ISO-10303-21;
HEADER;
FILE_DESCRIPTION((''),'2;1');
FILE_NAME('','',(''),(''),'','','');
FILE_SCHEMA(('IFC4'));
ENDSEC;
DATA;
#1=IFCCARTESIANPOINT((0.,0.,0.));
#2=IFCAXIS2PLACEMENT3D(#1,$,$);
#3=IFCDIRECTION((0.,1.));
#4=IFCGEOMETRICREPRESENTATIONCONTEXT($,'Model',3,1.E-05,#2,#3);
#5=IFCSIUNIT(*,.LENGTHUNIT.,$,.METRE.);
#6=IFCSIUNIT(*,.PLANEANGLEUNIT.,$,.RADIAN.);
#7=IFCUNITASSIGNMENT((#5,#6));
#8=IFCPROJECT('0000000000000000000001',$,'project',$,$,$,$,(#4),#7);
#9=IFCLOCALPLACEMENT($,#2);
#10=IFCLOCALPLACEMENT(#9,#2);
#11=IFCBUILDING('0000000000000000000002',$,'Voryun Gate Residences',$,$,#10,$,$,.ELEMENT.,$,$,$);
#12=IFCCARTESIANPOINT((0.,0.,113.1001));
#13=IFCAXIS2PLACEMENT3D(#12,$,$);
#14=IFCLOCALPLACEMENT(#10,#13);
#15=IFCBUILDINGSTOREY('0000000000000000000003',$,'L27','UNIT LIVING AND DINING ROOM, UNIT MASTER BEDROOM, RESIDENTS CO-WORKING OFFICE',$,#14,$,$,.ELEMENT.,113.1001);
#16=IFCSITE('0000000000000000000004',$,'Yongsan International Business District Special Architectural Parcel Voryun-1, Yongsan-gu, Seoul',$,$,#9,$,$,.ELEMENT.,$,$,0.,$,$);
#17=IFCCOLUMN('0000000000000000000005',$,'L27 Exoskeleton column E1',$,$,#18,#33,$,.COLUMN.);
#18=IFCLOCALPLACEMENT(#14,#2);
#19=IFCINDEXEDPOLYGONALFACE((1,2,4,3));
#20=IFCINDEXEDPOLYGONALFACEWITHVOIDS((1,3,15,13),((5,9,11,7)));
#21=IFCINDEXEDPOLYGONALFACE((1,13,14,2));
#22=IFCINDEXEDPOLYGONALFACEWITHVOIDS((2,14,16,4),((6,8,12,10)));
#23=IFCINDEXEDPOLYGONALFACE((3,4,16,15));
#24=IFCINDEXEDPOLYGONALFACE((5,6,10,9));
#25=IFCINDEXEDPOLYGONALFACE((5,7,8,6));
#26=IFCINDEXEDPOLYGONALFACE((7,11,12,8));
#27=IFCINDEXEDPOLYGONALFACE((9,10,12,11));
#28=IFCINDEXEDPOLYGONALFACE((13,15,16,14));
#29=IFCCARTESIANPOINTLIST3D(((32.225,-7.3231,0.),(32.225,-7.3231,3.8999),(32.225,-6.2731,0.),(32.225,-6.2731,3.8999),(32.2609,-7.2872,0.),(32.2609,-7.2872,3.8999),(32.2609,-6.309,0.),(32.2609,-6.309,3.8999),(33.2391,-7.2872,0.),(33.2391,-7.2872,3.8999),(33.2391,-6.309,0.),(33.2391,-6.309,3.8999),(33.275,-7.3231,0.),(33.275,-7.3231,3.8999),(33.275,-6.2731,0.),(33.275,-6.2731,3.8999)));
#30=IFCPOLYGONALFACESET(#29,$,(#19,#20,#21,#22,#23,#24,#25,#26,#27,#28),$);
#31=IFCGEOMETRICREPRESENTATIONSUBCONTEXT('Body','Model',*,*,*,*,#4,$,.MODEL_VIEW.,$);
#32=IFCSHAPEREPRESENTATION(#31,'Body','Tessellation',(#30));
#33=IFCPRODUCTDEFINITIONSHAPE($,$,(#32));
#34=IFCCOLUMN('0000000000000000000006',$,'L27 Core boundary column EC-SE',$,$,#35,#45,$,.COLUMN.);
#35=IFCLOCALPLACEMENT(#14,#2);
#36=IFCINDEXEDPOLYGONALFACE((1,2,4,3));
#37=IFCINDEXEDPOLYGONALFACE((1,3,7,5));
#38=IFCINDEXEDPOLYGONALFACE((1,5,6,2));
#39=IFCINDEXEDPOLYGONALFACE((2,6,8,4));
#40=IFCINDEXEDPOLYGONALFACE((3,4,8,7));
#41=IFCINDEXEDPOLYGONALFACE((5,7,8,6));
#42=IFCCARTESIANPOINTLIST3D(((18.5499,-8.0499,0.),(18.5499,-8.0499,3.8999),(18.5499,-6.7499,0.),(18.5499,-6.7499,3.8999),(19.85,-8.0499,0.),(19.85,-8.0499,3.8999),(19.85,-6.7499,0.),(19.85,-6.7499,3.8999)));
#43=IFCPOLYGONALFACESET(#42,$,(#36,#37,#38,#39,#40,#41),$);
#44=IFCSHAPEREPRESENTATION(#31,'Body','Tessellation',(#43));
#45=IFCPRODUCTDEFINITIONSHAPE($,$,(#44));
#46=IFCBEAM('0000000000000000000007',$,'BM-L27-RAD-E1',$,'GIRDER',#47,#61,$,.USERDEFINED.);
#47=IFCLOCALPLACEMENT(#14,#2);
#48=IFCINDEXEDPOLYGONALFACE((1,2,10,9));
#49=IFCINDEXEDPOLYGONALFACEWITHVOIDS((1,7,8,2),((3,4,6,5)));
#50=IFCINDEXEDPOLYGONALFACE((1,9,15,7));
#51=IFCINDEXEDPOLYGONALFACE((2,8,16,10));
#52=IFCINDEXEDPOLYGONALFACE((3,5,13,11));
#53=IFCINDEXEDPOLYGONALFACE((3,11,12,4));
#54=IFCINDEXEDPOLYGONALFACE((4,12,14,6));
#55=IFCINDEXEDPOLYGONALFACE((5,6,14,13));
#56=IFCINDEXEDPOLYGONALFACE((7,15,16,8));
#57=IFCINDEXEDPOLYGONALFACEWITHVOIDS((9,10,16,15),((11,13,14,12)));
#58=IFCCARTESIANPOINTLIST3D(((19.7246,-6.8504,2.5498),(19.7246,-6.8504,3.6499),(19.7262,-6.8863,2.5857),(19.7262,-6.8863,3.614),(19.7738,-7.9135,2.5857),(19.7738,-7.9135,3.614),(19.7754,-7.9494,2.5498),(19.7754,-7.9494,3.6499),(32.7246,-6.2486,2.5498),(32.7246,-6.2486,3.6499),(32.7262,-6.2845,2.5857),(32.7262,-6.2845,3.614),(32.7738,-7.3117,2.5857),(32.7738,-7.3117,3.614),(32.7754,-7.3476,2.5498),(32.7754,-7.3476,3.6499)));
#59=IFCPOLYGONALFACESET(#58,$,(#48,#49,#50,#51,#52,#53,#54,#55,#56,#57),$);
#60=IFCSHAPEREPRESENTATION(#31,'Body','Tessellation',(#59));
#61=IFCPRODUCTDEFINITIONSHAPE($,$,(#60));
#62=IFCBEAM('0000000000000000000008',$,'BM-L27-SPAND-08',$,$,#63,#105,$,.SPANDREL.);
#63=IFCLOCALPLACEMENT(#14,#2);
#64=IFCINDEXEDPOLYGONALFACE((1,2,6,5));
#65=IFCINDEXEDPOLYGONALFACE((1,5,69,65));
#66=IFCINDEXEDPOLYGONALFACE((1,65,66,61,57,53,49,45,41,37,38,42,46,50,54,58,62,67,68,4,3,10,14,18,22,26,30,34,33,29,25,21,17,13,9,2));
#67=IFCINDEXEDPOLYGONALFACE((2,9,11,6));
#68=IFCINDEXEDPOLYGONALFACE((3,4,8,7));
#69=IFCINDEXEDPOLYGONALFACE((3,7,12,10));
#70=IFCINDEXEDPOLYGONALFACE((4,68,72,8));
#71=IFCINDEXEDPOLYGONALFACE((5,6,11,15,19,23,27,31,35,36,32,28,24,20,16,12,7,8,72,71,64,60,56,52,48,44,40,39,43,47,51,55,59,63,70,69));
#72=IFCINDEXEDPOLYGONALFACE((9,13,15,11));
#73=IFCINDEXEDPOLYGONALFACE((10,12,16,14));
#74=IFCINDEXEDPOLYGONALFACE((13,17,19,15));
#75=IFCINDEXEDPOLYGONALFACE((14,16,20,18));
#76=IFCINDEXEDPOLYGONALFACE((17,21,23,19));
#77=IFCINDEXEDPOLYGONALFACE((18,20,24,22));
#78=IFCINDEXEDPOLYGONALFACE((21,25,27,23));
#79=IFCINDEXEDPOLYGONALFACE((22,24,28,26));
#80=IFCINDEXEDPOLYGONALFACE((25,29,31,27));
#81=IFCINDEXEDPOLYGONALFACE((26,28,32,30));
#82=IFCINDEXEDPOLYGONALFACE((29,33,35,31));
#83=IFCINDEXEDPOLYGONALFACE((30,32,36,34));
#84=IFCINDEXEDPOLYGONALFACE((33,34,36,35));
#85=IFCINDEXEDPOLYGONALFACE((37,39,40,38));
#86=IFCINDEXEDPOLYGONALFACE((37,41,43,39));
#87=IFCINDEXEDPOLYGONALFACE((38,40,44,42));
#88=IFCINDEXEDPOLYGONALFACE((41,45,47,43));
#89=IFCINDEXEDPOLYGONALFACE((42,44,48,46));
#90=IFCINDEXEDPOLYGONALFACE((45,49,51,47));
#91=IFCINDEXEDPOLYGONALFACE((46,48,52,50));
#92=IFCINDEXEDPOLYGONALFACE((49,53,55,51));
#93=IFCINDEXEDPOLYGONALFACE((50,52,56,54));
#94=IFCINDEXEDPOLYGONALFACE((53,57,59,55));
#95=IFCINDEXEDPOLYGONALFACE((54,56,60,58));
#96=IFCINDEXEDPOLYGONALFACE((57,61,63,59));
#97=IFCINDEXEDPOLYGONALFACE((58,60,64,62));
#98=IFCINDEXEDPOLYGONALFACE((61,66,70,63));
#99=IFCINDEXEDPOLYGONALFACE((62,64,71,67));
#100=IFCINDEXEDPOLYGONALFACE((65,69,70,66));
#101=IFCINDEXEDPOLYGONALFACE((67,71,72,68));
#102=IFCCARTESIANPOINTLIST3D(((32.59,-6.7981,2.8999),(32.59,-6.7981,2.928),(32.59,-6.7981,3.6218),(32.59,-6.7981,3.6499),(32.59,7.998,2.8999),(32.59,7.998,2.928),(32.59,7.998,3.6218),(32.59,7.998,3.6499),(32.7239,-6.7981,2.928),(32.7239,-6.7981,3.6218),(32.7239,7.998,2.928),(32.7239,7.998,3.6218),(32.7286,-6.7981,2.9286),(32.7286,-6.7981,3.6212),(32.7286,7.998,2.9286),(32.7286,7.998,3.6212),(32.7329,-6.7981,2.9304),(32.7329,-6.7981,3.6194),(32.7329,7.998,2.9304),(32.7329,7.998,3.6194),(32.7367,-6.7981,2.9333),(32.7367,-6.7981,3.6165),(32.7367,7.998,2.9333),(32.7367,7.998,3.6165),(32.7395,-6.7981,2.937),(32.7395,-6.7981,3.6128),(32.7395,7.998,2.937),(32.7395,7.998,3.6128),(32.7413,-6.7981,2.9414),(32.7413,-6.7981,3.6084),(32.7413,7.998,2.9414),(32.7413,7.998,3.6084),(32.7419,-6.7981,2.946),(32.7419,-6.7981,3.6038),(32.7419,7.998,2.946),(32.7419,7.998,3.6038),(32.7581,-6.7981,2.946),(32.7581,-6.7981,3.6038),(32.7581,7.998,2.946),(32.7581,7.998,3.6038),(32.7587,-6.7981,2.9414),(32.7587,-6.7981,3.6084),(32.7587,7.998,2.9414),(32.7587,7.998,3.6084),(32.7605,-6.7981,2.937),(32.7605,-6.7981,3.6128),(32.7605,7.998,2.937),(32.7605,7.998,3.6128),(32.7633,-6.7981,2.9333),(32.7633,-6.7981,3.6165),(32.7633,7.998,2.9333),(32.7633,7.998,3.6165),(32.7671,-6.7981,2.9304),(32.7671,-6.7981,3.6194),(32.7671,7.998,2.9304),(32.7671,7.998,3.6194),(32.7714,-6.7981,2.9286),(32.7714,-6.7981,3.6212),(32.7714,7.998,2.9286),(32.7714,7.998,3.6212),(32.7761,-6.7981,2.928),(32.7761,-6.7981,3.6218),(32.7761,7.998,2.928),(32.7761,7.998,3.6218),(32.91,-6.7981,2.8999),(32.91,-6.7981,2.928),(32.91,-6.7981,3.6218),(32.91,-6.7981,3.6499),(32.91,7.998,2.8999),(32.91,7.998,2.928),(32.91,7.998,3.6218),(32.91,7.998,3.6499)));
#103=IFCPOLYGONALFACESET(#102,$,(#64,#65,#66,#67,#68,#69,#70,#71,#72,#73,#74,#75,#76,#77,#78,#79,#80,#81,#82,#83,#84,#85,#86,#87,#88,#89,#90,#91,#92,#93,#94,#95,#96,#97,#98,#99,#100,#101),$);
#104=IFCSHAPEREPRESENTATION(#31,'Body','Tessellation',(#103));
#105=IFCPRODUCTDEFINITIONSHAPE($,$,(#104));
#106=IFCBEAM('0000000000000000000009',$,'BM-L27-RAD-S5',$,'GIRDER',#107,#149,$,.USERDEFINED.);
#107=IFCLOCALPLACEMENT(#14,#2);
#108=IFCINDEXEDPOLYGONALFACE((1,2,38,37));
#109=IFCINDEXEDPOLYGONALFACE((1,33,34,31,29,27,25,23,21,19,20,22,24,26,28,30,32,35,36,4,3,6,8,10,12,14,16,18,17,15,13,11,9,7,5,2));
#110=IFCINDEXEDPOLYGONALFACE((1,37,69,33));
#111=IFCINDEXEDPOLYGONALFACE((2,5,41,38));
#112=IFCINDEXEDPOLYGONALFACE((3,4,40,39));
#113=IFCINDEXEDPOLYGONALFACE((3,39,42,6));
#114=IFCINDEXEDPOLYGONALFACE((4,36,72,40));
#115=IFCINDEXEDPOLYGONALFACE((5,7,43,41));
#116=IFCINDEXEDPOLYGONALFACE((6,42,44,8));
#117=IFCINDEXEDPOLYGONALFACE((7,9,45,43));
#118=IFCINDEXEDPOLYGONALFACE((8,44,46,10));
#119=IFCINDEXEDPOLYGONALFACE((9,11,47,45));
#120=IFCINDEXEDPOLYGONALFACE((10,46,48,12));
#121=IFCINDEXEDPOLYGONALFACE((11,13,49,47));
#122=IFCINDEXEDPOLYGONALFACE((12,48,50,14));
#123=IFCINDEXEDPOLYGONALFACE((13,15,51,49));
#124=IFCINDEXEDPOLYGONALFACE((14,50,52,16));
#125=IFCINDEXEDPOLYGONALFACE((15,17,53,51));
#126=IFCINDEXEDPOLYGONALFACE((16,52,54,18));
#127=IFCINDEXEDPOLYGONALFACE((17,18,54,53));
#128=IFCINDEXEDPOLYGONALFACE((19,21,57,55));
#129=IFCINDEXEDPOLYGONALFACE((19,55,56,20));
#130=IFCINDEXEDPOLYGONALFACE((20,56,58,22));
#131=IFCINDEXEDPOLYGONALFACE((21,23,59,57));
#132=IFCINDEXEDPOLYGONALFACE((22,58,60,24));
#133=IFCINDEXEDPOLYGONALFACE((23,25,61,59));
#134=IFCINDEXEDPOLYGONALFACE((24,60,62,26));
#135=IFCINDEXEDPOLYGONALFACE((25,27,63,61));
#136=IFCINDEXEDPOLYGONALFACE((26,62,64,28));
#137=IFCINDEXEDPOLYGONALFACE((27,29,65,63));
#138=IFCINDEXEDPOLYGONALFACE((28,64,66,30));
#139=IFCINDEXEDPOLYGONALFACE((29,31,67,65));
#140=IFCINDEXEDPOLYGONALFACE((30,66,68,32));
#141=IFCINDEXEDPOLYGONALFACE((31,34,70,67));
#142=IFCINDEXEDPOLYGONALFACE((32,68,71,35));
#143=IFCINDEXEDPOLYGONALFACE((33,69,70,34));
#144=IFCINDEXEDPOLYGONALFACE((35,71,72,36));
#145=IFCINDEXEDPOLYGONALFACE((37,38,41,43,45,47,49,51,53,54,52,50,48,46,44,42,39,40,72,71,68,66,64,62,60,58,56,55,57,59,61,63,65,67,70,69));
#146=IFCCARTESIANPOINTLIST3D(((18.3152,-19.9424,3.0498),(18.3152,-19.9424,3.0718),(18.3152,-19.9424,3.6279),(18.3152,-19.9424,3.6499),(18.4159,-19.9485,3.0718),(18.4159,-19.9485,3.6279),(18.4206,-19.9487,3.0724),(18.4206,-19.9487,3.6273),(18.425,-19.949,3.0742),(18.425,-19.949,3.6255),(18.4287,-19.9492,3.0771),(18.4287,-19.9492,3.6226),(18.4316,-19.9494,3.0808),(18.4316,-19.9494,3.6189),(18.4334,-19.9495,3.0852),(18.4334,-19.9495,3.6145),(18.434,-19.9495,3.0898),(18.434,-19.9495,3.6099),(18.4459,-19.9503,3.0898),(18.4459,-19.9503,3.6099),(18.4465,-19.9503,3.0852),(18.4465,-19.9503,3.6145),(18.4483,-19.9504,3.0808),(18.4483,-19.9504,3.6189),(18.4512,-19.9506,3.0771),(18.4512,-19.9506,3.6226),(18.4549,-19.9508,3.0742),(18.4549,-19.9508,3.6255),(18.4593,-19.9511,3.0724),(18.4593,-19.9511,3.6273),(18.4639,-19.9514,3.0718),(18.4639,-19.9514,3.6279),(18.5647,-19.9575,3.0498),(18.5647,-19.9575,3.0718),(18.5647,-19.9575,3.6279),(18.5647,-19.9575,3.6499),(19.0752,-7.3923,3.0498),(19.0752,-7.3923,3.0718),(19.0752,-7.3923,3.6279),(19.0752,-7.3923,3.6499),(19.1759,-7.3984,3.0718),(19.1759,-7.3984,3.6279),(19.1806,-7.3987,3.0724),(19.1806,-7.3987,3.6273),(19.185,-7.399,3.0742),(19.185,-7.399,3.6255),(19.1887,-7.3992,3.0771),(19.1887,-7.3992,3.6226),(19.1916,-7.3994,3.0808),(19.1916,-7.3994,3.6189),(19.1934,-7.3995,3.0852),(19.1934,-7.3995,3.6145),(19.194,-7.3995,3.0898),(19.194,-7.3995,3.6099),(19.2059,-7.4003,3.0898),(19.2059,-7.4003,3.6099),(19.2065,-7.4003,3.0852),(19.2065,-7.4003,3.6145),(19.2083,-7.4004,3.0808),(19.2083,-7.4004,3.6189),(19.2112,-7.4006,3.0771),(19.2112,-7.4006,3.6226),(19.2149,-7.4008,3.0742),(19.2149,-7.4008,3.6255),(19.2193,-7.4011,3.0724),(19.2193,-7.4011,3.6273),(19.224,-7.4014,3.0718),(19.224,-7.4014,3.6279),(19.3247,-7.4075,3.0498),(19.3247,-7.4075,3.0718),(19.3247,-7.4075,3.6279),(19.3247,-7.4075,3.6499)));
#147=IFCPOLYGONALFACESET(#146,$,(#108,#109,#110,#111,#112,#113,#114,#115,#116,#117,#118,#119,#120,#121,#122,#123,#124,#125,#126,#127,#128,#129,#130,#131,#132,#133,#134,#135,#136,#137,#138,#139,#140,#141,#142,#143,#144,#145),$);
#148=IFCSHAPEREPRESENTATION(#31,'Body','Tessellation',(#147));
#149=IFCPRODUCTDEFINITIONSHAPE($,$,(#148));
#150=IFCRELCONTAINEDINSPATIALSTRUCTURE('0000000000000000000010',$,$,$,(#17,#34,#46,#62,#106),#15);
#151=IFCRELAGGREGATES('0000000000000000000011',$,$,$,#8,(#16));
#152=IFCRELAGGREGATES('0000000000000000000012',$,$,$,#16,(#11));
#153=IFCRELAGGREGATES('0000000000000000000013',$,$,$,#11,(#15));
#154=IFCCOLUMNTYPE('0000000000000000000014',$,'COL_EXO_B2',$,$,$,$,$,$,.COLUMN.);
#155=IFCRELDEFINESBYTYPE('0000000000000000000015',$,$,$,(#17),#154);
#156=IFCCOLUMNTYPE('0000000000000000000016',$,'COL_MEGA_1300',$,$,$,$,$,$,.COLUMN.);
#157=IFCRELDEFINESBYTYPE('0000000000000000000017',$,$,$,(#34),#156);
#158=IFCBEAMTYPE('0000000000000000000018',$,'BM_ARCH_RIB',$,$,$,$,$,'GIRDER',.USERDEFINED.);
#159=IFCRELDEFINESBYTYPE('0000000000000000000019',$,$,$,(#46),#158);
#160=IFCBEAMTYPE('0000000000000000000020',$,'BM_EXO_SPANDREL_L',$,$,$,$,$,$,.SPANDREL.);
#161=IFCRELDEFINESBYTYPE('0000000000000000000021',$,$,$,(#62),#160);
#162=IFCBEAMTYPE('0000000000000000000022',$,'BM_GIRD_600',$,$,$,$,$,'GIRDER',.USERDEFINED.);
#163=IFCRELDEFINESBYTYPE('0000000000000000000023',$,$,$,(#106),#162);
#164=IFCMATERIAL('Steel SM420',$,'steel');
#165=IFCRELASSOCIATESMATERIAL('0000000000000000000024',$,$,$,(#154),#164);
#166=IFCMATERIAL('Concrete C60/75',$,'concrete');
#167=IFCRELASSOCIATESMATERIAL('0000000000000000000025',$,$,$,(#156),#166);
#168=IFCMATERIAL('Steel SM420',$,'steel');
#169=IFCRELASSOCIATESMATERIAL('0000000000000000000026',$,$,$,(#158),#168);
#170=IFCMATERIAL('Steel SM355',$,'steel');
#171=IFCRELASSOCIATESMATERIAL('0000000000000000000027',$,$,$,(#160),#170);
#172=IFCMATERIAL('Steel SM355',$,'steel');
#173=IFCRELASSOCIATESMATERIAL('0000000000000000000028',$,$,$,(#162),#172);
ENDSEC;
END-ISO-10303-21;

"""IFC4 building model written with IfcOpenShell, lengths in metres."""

from ifc_helpers import new_model, si_unit, direction, frame, origin, origin_2d, place, context, subcontext, project, spatial, rectangle, hollow_rectangle, i_section, extrude, material, material_profile, profile_set, type_object, element, save


model = new_model("IFC4")

# Units and contexts
model_context = context("Model", 3, precision=1e-05, world=origin(), true_north=direction((0.0, 1.0)))
body_context = subcontext(model_context, "Body", "Model", "MODEL_VIEW")
ifc_project = project(units=[si_unit("LENGTHUNIT", "METRE"), si_unit("PLANEANGLEUNIT", "RADIAN")], contexts=[model_context])

# Site, building, storey
site_placement = place(None, origin())
site = spatial("IfcSite", under=ifc_project, at=site_placement, Name="Yongsan International Business District Special Architectural Parcel Voryun-1, Yongsan-gu, Seoul", CompositionType="ELEMENT", RefElevation=0.0)
building_placement = place(site_placement, origin())
building = spatial("IfcBuilding", under=site, at=building_placement, Name="Voryun Gate Residences", CompositionType="ELEMENT")
storey_placement = place(building_placement, frame((0.0, 0.0, 113.1001)))
storey = spatial("IfcBuildingStorey", under=building, at=storey_placement, Name="L27", Description="UNIT LIVING AND DINING ROOM, UNIT MASTER BEDROOM, RESIDENTS CO-WORKING OFFICE", CompositionType="ELEMENT", Elevation=113.1001)

# Columns
ifc_material_1 = material(Name="Steel SM420", Category="steel")
ifc_material_profile_1 = material_profile(ifc_material_1, hollow_rectangle(XDim=1.05, YDim=1.05, WallThickness=0.0359, at=origin_2d()), Name="BOX-1050x1050x36")
ifc_profile_set_1 = profile_set([ifc_material_profile_1], Name="Steel SM420")
column_type_1 = type_object("IfcColumnType", Name="COL_EXO_B2", PredefinedType="COLUMN", material=ifc_profile_set_1)
column_1_placement = place(storey_placement, frame((32.75, -6.7981, 0.0), z_axis=(0.0, 0.0, 1.0), x_axis=(1.0, 0.0, 0.0)))
element("IfcColumn", 1, at=column_1_placement, inside=storey, type_object=column_type_1, Name="L27 Exoskeleton column E1", PredefinedType="COLUMN", context=body_context, shape_type="SweptSolid", body=[
    extrude(hollow_rectangle(XDim=1.05, YDim=1.05, WallThickness=0.0359, at=origin_2d()), origin(), (0.0, 0.0, 1.0), 3.8999),
])
ifc_material_2 = material(Name="Concrete C60/75", Category="concrete")
ifc_material_profile_2 = material_profile(ifc_material_2, rectangle(XDim=1.3, YDim=1.3, at=origin_2d()), Name="RC-1300x1300")
ifc_profile_set_2 = profile_set([ifc_material_profile_2], Name="Concrete C60/75")
column_type_2 = type_object("IfcColumnType", Name="COL_MEGA_1300", PredefinedType="COLUMN", material=ifc_profile_set_2)
column_2_placement = place(storey_placement, frame((19.2, -7.3999, 0.0), z_axis=(0.0, 0.0, 1.0), x_axis=(1.0, 0.0, 0.0)))
element("IfcColumn", 2, at=column_2_placement, inside=storey, type_object=column_type_2, Name="L27 Core boundary column EC-SE", PredefinedType="COLUMN", context=body_context, shape_type="SweptSolid", body=[
    extrude(rectangle(XDim=1.3, YDim=1.3, at=origin_2d()), origin(), (0.0, 0.0, 1.0), 3.8999),
])

# Beams
ifc_material_3 = material(Name="Steel SM420", Category="steel")
ifc_material_profile_3 = material_profile(ifc_material_3, hollow_rectangle(XDim=1.1001, YDim=1.1001, WallThickness=0.0359, at=origin_2d()), Name="BOX-1100x1100x36")
ifc_profile_set_3 = profile_set([ifc_material_profile_3], Name="Steel SM420")
beam_type_1 = type_object("IfcBeamType", Name="BM_ARCH_RIB", ElementType="GIRDER", PredefinedType="USERDEFINED", material=ifc_profile_set_3)
beam_1_placement = place(storey_placement, frame((19.75, -7.3999, 3.0999), z_axis=(0.99893, 0.046243, 0.0), x_axis=(-0.046243, 0.99893, 0.0)))
element("IfcBeam", 3, at=beam_1_placement, inside=storey, type_object=beam_type_1, Name="BM-L27-RAD-E1", ObjectType="GIRDER", PredefinedType="USERDEFINED", context=body_context, shape_type="SweptSolid", body=[
    extrude(hollow_rectangle(XDim=1.1001, YDim=1.1001, WallThickness=0.0359, at=origin_2d()), origin(), (0.0, 0.0, 1.0), 13.0139),
])
ifc_material_4 = material(Name="Steel SM355", Category="steel")
ifc_material_profile_4 = material_profile(ifc_material_4, i_section(OverallWidth=0.3201, OverallDepth=0.75, WebThickness=0.0161, FlangeThickness=0.0281, FilletRadius=0.0181, at=origin_2d()), Name="H-750x320x16x28")
ifc_profile_set_4 = profile_set([ifc_material_profile_4], Name="Steel SM355")
beam_type_2 = type_object("IfcBeamType", Name="BM_EXO_SPANDREL_L", PredefinedType="SPANDREL", material=ifc_profile_set_4)
beam_2_placement = place(storey_placement, frame((32.75, -6.7981, 3.2749), z_axis=(0.0, 1.0, 0.0), x_axis=(-1.0, 0.0, 0.0)))
element("IfcBeam", 4, at=beam_2_placement, inside=storey, type_object=beam_type_2, Name="BM-L27-SPAND-08", PredefinedType="SPANDREL", context=body_context, shape_type="SweptSolid", body=[
    extrude(i_section(OverallWidth=0.3201, OverallDepth=0.75, WebThickness=0.0161, FlangeThickness=0.0281, FilletRadius=0.0181, at=origin_2d()), origin(), (0.0, 0.0, 1.0), 14.7961),
])
ifc_material_5 = material(Name="Steel SM355", Category="steel")
ifc_material_profile_5 = material_profile(ifc_material_5, i_section(OverallWidth=0.25, OverallDepth=0.6001, WebThickness=0.012, FlangeThickness=0.022, FilletRadius=0.0181, at=origin_2d()), Name="H-600x250x12x22")
ifc_profile_set_5 = profile_set([ifc_material_profile_5], Name="Steel SM355")
beam_type_3 = type_object("IfcBeamType", Name="BM_GIRD_600", ElementType="GIRDER", PredefinedType="USERDEFINED", material=ifc_profile_set_5)
beam_3_placement = place(storey_placement, frame((19.2, -7.3999, 3.3499), z_axis=(-0.060448, -0.998171, 0.0), x_axis=(0.998171, -0.060448, 0.0)))
element("IfcBeam", 5, at=beam_3_placement, inside=storey, type_object=beam_type_3, Name="BM-L27-RAD-S5", ObjectType="GIRDER", PredefinedType="USERDEFINED", context=body_context, shape_type="SweptSolid", body=[
    extrude(i_section(OverallWidth=0.25, OverallDepth=0.6001, WebThickness=0.012, FlangeThickness=0.022, FilletRadius=0.0181, at=origin_2d()), origin(), (0.0, 0.0, 1.0), 12.573),
])

save(model, "model.ifc")
